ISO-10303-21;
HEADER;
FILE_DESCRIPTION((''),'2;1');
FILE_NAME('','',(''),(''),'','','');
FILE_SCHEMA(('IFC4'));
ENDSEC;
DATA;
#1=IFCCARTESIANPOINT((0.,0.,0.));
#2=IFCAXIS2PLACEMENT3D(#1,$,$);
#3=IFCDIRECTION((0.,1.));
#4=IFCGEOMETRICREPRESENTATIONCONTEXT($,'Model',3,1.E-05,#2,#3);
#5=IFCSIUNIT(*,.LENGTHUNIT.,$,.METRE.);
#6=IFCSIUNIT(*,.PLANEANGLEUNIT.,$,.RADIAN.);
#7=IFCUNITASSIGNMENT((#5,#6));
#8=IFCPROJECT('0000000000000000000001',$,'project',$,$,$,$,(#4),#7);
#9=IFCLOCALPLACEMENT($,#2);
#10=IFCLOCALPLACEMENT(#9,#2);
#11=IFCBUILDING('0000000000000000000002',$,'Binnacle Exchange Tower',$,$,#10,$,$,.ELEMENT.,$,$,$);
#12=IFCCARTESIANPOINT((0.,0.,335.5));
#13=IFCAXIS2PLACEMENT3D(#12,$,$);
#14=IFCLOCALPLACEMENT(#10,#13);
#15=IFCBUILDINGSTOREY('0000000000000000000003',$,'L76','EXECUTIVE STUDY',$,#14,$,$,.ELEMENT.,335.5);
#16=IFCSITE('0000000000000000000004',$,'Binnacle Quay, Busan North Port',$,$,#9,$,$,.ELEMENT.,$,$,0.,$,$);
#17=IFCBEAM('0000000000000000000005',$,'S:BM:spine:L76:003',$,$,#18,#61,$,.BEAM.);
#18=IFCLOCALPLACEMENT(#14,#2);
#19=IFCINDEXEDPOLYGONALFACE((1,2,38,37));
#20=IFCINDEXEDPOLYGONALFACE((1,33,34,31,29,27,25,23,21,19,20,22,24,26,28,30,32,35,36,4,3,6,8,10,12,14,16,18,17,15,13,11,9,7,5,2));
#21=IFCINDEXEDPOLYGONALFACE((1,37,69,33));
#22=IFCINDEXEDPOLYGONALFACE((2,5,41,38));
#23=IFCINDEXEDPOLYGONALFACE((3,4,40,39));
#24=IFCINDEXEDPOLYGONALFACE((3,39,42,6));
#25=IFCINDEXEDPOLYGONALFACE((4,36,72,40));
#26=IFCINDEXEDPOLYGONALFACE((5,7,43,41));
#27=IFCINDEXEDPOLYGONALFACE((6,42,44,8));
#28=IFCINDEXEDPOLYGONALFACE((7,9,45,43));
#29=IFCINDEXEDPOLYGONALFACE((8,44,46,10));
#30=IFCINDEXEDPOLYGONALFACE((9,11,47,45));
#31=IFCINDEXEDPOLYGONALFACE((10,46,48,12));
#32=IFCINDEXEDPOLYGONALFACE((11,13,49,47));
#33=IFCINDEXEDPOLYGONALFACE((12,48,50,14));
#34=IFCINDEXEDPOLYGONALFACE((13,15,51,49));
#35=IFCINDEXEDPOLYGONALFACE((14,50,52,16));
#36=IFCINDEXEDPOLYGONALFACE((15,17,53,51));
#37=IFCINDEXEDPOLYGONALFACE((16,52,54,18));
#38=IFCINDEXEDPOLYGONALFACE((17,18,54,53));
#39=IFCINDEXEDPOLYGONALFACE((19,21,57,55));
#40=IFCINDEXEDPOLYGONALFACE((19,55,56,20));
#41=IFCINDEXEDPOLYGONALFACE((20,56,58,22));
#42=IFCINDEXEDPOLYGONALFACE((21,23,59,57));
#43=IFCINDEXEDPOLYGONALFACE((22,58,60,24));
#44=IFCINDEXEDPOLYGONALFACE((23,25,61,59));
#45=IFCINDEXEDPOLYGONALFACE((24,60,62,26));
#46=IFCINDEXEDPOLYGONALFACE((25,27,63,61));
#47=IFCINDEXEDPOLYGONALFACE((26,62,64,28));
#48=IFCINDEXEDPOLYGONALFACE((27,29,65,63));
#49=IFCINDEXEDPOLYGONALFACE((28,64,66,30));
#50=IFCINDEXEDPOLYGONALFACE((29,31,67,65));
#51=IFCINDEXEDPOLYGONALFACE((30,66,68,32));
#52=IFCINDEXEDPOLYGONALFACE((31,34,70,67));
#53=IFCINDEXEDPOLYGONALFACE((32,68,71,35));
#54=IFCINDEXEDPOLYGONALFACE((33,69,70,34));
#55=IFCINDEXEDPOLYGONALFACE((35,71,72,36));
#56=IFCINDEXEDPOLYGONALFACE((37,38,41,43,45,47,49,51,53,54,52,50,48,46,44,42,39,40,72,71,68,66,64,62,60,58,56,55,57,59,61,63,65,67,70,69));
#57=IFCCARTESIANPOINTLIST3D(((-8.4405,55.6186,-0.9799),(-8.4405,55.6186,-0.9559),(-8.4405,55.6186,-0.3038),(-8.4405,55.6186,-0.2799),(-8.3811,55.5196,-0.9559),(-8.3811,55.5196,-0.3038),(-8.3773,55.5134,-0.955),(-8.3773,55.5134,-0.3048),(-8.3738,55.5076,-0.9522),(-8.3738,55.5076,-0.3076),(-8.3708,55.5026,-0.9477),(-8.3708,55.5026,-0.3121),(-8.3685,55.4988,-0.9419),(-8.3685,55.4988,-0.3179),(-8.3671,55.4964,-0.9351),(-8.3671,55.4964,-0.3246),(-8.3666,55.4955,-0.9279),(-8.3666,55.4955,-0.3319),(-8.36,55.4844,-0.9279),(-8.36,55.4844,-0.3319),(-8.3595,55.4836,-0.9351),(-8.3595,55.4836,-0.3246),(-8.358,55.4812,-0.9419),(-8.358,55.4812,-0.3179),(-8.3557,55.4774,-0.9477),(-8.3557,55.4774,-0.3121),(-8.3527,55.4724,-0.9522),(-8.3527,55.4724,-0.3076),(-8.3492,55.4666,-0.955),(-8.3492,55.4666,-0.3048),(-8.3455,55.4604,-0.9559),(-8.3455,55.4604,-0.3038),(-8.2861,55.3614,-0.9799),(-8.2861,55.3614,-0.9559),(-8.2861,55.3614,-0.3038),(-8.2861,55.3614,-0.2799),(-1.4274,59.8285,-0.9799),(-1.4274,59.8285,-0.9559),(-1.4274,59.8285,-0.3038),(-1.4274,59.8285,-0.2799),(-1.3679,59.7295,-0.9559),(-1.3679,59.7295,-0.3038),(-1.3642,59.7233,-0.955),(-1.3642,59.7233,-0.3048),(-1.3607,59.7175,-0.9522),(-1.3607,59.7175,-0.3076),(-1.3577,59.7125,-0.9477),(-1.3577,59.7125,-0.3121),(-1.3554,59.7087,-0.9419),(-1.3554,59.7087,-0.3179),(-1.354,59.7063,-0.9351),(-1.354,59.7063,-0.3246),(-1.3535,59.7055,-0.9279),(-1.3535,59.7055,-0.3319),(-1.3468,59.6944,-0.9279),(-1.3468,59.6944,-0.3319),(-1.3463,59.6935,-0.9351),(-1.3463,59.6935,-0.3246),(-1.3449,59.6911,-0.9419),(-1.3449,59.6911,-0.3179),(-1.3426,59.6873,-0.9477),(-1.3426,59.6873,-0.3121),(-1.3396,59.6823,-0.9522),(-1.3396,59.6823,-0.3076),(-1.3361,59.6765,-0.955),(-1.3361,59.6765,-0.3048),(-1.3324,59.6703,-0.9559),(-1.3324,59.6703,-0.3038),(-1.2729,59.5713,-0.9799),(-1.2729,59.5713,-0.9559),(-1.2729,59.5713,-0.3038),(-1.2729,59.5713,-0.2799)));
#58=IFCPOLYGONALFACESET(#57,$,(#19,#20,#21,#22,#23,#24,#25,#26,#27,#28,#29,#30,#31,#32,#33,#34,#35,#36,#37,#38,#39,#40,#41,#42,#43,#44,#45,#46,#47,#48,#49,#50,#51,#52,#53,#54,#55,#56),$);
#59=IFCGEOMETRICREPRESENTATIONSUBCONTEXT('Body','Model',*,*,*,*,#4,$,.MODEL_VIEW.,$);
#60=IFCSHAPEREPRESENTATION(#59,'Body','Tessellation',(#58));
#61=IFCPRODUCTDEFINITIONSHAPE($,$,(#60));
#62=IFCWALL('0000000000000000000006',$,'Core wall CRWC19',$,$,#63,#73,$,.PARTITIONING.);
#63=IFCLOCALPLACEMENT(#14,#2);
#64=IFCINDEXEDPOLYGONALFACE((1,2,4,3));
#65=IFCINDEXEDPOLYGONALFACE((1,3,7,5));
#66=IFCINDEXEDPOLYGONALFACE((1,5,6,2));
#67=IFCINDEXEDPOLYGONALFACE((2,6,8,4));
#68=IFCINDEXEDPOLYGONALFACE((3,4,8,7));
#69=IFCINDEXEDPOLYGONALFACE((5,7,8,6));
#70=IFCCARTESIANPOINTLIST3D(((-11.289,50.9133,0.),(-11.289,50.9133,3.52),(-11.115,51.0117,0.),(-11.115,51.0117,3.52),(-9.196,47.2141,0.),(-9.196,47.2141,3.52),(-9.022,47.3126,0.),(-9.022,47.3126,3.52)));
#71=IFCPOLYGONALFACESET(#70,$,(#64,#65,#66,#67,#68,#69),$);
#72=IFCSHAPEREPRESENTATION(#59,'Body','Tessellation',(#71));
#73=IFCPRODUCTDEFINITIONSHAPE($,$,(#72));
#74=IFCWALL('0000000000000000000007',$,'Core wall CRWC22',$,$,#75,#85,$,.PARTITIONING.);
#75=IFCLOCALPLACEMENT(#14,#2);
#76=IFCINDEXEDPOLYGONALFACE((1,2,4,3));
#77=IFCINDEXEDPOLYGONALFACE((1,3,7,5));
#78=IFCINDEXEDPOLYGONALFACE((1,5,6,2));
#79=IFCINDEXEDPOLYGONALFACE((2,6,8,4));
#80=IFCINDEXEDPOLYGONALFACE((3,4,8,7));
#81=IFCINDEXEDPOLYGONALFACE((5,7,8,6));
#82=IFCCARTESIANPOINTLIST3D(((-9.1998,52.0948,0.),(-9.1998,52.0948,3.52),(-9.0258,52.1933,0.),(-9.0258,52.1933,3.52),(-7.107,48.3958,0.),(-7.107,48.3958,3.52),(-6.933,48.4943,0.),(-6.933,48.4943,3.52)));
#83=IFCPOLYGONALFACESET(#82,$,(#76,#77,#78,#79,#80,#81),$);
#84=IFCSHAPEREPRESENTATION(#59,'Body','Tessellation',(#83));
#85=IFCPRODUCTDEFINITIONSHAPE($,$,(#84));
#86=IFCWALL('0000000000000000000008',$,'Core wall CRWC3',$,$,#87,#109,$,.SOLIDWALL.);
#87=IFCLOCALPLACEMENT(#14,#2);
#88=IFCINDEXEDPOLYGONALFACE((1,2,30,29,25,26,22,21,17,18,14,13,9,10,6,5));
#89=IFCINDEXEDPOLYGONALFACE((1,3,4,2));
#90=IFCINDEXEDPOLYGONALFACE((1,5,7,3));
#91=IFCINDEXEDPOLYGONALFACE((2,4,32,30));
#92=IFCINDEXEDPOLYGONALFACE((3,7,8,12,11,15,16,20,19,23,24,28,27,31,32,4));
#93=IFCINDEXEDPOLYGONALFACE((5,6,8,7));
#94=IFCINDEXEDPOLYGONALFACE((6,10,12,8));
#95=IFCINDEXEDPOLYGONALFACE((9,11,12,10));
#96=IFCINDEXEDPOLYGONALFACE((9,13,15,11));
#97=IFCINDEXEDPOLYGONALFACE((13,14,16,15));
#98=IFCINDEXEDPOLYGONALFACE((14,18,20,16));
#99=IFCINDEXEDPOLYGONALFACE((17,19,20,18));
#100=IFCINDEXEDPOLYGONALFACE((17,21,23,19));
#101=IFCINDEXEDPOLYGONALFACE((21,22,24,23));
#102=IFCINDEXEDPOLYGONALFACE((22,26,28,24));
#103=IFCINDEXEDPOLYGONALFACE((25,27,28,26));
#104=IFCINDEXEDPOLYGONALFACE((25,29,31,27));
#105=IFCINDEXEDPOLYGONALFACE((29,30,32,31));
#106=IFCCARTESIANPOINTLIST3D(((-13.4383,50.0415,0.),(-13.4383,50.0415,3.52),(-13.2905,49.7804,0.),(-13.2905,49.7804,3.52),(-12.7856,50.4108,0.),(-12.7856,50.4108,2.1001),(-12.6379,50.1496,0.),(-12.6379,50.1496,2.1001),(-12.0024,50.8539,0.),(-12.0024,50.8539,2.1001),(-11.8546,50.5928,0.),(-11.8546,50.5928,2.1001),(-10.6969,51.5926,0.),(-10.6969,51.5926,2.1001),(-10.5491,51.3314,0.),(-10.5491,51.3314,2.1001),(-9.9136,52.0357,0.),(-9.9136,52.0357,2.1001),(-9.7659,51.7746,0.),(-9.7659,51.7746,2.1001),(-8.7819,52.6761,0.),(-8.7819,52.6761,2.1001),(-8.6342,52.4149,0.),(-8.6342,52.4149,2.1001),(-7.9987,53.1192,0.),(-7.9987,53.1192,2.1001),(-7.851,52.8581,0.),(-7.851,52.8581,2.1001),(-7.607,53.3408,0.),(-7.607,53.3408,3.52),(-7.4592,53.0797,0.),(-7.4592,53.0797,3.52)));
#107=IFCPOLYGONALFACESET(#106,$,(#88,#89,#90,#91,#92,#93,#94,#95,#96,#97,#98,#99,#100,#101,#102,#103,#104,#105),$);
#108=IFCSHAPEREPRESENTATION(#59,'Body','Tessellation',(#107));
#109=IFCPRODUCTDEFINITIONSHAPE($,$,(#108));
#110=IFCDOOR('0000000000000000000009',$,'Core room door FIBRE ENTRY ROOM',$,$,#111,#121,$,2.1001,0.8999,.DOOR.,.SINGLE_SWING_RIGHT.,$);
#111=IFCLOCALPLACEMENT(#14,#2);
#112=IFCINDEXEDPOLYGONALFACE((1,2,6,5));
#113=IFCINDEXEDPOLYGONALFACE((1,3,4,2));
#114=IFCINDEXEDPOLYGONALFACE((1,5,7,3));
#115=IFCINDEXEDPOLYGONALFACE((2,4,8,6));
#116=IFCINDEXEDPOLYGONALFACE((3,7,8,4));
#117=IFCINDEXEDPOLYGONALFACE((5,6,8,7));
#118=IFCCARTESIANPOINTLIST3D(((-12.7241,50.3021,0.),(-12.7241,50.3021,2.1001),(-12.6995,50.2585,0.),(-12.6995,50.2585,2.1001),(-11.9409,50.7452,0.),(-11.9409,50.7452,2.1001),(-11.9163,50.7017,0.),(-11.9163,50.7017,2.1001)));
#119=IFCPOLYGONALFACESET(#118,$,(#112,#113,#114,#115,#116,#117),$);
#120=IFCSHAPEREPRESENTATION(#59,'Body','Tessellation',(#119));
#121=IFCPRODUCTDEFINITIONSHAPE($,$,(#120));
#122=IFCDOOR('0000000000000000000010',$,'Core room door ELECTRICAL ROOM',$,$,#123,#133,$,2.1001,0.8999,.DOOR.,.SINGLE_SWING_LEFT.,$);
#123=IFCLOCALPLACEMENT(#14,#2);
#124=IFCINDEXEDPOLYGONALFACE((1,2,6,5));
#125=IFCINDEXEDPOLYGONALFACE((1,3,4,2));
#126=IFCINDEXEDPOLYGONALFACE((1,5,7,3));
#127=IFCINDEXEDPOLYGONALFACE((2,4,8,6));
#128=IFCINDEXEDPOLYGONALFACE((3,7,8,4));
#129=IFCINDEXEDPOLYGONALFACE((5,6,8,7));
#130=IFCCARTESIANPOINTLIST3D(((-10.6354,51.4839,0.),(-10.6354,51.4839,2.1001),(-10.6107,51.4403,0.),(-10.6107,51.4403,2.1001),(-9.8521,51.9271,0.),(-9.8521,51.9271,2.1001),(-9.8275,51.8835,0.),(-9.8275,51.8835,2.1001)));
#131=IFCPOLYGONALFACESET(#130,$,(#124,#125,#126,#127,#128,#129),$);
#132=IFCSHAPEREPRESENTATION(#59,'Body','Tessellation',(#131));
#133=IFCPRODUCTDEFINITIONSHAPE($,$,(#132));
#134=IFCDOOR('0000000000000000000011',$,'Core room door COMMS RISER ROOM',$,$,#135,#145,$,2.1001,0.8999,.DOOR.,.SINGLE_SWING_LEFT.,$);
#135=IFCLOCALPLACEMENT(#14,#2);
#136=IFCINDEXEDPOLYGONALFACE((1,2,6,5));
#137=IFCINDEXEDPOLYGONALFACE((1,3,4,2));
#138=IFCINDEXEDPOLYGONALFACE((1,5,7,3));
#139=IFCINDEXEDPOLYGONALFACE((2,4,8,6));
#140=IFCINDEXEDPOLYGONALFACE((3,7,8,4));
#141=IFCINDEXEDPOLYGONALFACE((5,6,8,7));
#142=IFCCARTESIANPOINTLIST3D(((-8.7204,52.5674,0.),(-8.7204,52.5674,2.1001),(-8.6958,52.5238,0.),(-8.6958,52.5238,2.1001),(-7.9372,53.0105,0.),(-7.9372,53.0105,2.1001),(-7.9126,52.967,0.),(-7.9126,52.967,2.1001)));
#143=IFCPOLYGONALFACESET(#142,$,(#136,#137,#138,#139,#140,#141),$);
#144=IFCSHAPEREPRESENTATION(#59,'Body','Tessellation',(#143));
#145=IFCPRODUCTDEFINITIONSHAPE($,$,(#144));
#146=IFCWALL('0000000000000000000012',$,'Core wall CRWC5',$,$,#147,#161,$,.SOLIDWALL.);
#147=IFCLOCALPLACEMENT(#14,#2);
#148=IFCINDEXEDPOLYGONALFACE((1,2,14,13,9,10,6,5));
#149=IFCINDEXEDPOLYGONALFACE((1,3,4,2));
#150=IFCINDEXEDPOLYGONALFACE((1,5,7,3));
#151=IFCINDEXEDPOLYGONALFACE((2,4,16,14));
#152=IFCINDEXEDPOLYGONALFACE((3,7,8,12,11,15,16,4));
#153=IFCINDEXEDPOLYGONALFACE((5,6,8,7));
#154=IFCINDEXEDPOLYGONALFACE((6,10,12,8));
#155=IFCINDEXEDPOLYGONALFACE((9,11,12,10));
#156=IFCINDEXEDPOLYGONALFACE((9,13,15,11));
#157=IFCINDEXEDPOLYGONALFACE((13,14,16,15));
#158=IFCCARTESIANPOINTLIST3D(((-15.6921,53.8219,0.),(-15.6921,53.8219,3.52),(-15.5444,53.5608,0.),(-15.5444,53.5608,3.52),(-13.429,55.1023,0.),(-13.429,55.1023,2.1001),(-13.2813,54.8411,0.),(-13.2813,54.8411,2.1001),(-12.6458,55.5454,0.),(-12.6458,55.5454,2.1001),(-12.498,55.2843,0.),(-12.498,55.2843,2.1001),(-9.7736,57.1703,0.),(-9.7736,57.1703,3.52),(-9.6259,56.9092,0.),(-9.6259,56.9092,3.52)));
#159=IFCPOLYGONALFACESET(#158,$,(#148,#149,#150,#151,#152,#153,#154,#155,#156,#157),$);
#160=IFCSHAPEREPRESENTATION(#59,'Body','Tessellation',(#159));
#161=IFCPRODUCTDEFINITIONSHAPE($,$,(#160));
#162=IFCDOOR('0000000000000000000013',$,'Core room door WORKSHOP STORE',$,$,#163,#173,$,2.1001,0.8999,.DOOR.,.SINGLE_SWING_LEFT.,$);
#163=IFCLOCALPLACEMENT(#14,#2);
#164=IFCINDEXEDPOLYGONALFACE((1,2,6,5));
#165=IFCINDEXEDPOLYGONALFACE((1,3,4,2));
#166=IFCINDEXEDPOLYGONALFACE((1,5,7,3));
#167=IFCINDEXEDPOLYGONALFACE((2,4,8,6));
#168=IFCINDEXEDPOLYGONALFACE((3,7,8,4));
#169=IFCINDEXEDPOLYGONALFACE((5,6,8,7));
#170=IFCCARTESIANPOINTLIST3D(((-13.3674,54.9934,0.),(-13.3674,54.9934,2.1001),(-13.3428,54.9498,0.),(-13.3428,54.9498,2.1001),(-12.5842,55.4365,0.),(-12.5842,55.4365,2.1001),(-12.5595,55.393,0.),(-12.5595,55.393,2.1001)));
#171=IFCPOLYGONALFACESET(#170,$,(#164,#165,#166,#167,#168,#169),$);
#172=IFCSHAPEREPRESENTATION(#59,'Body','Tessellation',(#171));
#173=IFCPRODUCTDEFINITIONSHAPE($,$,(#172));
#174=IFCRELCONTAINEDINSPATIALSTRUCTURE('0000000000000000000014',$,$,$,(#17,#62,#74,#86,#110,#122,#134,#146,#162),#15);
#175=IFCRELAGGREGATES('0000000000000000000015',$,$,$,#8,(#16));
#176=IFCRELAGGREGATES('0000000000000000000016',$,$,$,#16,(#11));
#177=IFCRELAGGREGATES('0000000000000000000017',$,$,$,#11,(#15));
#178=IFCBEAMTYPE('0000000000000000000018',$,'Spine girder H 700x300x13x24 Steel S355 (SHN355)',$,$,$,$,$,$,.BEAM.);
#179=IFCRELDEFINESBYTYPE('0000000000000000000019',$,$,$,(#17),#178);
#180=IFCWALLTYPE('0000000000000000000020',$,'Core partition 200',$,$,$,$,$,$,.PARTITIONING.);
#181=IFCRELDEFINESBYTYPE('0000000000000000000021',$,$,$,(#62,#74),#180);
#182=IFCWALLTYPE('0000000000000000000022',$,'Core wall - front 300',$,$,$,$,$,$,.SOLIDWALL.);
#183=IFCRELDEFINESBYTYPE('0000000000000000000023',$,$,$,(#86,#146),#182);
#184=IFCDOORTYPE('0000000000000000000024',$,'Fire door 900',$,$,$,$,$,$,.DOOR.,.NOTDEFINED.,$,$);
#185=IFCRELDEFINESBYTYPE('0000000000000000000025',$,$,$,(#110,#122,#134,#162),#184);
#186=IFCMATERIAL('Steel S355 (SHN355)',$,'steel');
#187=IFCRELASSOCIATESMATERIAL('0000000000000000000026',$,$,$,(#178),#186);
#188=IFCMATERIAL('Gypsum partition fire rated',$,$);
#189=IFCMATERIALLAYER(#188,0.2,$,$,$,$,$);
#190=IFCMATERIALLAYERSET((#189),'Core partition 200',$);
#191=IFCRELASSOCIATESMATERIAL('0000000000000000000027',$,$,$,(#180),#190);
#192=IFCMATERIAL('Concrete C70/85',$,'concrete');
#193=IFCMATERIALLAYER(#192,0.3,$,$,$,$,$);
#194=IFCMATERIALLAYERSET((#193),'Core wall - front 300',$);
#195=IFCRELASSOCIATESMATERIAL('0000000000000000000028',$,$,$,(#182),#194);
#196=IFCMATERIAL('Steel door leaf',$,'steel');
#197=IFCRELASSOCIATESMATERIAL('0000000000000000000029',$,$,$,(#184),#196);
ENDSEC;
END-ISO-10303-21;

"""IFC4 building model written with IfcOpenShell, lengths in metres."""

from ifc_helpers import new_model, si_unit, direction, frame, frame_2d, origin, origin_2d, place, context, subcontext, project, spatial, rectangle, i_section, extrude, material, layer, layer_set, material_profile, profile_set, type_object, element, fill, save


model = new_model("IFC4")

# Units and contexts
model_context = context("Model", 3, precision=1e-05, world=origin(), true_north=direction((0.0, 1.0)))
body_context = subcontext(model_context, "Body", "Model", "MODEL_VIEW")
ifc_project = project(units=[si_unit("LENGTHUNIT", "METRE"), si_unit("PLANEANGLEUNIT", "RADIAN")], contexts=[model_context])

# Site, building, storey
site_placement = place(None, origin())
site = spatial("IfcSite", under=ifc_project, at=site_placement, Name="Binnacle Quay, Busan North Port", CompositionType="ELEMENT", RefElevation=0.0)
building_placement = place(site_placement, origin())
building = spatial("IfcBuilding", under=site, at=building_placement, Name="Binnacle Exchange Tower", CompositionType="ELEMENT")
storey_placement = place(building_placement, frame((0.0, 0.0, 335.5)))
storey = spatial("IfcBuildingStorey", under=building, at=storey_placement, Name="L76", Description="EXECUTIVE STUDY", CompositionType="ELEMENT", Elevation=335.5)

# Beam
ifc_material_1 = material(Name="Steel S355 (SHN355)", Category="steel")
ifc_material_profile_1 = material_profile(ifc_material_1, i_section(OverallWidth=0.3, OverallDepth=0.7, WebThickness=0.0129, FlangeThickness=0.0239, FilletRadius=0.0281, at=origin_2d()), Name="H 700x300x13x24")
ifc_profile_set_1 = profile_set([ifc_material_profile_1], Name="Steel S355 (SHN355)")
beam_type_1 = type_object("IfcBeamType", Name="Spine girder H 700x300x13x24 Steel S355 (SHN355)", PredefinedType="BEAM", material=ifc_profile_set_1)
beam_1_placement = place(storey_placement, frame((-8.3633, 55.49, -0.6299), z_axis=(0.857382, 0.51468, 0.0), x_axis=(-0.51468, 0.857382, 0.0)))
element("IfcBeam", 1, at=beam_1_placement, inside=storey, type_object=beam_type_1, Name="S:BM:spine:L76:003", PredefinedType="BEAM", context=body_context, shape_type="SweptSolid", body=[
    extrude(i_section(OverallWidth=0.3, OverallDepth=0.7, WebThickness=0.0129, FlangeThickness=0.0239, FilletRadius=0.0281, at=origin_2d()), origin(), (0.0, 0.0, 1.0), 8.1797),
])

# Walls
ifc_material_2 = material(Name="Gypsum partition fire rated")
ifc_layer_1 = layer(ifc_material_2, 0.2)
ifc_layer_set_1 = layer_set([ifc_layer_1], Name="Core partition 200")
wall_type_1 = type_object("IfcWallType", Name="Core partition 200", PredefinedType="PARTITIONING", material=ifc_layer_set_1)
wall_1_placement = place(storey_placement, frame((-11.2019, 50.9624, 0.0), z_axis=(0.0, 0.0, 1.0), x_axis=(0.492441, -0.870346, 0.0)))
element("IfcWall", 2, at=wall_1_placement, inside=storey, type_object=wall_type_1, Name="Core wall CRWC19", PredefinedType="PARTITIONING", context=body_context, shape_type="SweptSolid", body=[
    extrude(rectangle(XDim=4.2502, YDim=0.2, at=frame_2d((2.125, 0.0))), origin(), (0.0, 0.0, 1.0), 3.52),
])
wall_2_placement = place(storey_placement, frame((-9.1128, 52.144, 0.0), z_axis=(0.0, 0.0, 1.0), x_axis=(0.492423, -0.870356, 0.0)))
element("IfcWall", 3, at=wall_2_placement, inside=storey, type_object=wall_type_1, Name="Core wall CRWC22", PredefinedType="PARTITIONING", context=body_context, shape_type="SweptSolid", body=[
    extrude(rectangle(XDim=4.25, YDim=0.2, at=frame_2d((2.125, 0.0))), origin(), (0.0, 0.0, 1.0), 3.52),
])

# Wall, openings, doors
ifc_material_3 = material(Name="Concrete C70/85", Category="concrete")
ifc_layer_2 = layer(ifc_material_3, 0.3)
ifc_layer_set_2 = layer_set([ifc_layer_2], Name="Core wall - front 300")
wall_type_2 = type_object("IfcWallType", Name="Core wall - front 300", PredefinedType="SOLIDWALL", material=ifc_layer_set_2)
wall_3_placement = place(storey_placement, frame((-13.3645, 49.9109, 0.0), z_axis=(0.0, 0.0, 1.0), x_axis=(0.870348, 0.492438, 0.0)))
wall_3 = element("IfcWall", 4, at=wall_3_placement, inside=storey, type_object=wall_type_2, Name="Core wall CRWC3", PredefinedType="SOLIDWALL", context=body_context, shape_type="SweptSolid", body=[
    extrude(rectangle(XDim=6.7, YDim=0.3, at=frame_2d((3.3501, 0.0))), origin(), (0.0, 0.0, 1.0), 3.52),
])
opening_1_placement = place(wall_3_placement, frame((0.75, 0.0, 0.0)))
opening_1 = element("IfcOpeningElement", 5, at=opening_1_placement, cuts=wall_3, PredefinedType="OPENING", context=body_context, shape_type="SweptSolid", body=[
    extrude(rectangle(XDim=0.8999, YDim=2.1001, at=frame_2d((0.45, 1.05))), frame((0.0, 0.1599, 0.0), z_axis=(0.0, -1.0, 0.0), x_axis=(1.0, 0.0, 0.0)), (0.0, 0.0, 1.0), 0.3201),
])
opening_2_placement = place(wall_3_placement, frame((3.1499, 0.0, 0.0)))
opening_2 = element("IfcOpeningElement", 6, at=opening_2_placement, cuts=wall_3, PredefinedType="OPENING", context=body_context, shape_type="SweptSolid", body=[
    extrude(rectangle(XDim=0.8999, YDim=2.1001, at=frame_2d((0.45, 1.05))), frame((0.0, 0.1599, 0.0), z_axis=(0.0, -1.0, 0.0), x_axis=(1.0, 0.0, 0.0)), (0.0, 0.0, 1.0), 0.3201),
])
opening_3_placement = place(wall_3_placement, frame((5.3501, 0.0, 0.0)))
opening_3 = element("IfcOpeningElement", 7, at=opening_3_placement, cuts=wall_3, PredefinedType="OPENING", context=body_context, shape_type="SweptSolid", body=[
    extrude(rectangle(XDim=0.8999, YDim=2.1001, at=frame_2d((0.45, 1.05))), frame((0.0, 0.1599, 0.0), z_axis=(0.0, -1.0, 0.0), x_axis=(1.0, 0.0, 0.0)), (0.0, 0.0, 1.0), 0.3201),
])
ifc_material_4 = material(Name="Steel door leaf", Category="steel")
door_type_1 = type_object("IfcDoorType", Name="Fire door 900", OperationType="NOTDEFINED", PredefinedType="DOOR", material=ifc_material_4)
door_1_placement = place(opening_1_placement, frame((0.8999, 0.0, 0.0), z_axis=(0.0, 0.0, 1.0), x_axis=(-1.0, 0.0, 0.0)))
door_1 = element("IfcDoor", 8, at=door_1_placement, inside=storey, type_object=door_type_1, Name="Core room door FIBRE ENTRY ROOM", OperationType="SINGLE_SWING_RIGHT", OverallHeight=2.1001, OverallWidth=0.8999, PredefinedType="DOOR", context=body_context, shape_type="SweptSolid", body=[
    extrude(rectangle(XDim=0.8999, YDim=2.1001, at=frame_2d((0.45, 1.05))), frame((0.0, 0.0249, 0.0), z_axis=(0.0, -1.0, 0.0), x_axis=(1.0, 0.0, 0.0)), (0.0, 0.0, 1.0), 0.05),
])
fill(opening_1, door_1)
door_2_placement = place(opening_2_placement, frame((0.8999, 0.0, 0.0), z_axis=(0.0, 0.0, 1.0), x_axis=(-1.0, 0.0, 0.0)))
door_2 = element("IfcDoor", 9, at=door_2_placement, inside=storey, type_object=door_type_1, Name="Core room door ELECTRICAL ROOM", OperationType="SINGLE_SWING_LEFT", OverallHeight=2.1001, OverallWidth=0.8999, PredefinedType="DOOR", context=body_context, shape_type="SweptSolid", body=[
    extrude(rectangle(XDim=0.8999, YDim=2.1001, at=frame_2d((0.45, 1.05))), frame((0.0, 0.0249, 0.0), z_axis=(0.0, -1.0, 0.0), x_axis=(1.0, 0.0, 0.0)), (0.0, 0.0, 1.0), 0.05),
])
fill(opening_2, door_2)
door_3_placement = place(opening_3_placement, frame((0.8999, 0.0, 0.0), z_axis=(0.0, 0.0, 1.0), x_axis=(-1.0, 0.0, 0.0)))
door_3 = element("IfcDoor", 10, at=door_3_placement, inside=storey, type_object=door_type_1, Name="Core room door COMMS RISER ROOM", OperationType="SINGLE_SWING_LEFT", OverallHeight=2.1001, OverallWidth=0.8999, PredefinedType="DOOR", context=body_context, shape_type="SweptSolid", body=[
    extrude(rectangle(XDim=0.8999, YDim=2.1001, at=frame_2d((0.45, 1.05))), frame((0.0, 0.0249, 0.0), z_axis=(0.0, -1.0, 0.0), x_axis=(1.0, 0.0, 0.0)), (0.0, 0.0, 1.0), 0.05),
])
fill(opening_3, door_3)

# Wall, opening, door
wall_4_placement = place(storey_placement, frame((-15.6182, 53.6914, 0.0), z_axis=(0.0, 0.0, 1.0), x_axis=(0.870363, 0.492411, 0.0)))
wall_4 = element("IfcWall", 11, at=wall_4_placement, inside=storey, type_object=wall_type_2, Name="Core wall CRWC5", PredefinedType="SOLIDWALL", context=body_context, shape_type="SweptSolid", body=[
    extrude(rectangle(XDim=6.8, YDim=0.3, at=frame_2d((3.3999, 0.0))), origin(), (0.0, 0.0, 1.0), 3.52),
])
opening_4_placement = place(wall_4_placement, frame((2.6001, 0.0, 0.0)))
opening_4 = element("IfcOpeningElement", 12, at=opening_4_placement, cuts=wall_4, PredefinedType="OPENING", context=body_context, shape_type="SweptSolid", body=[
    extrude(rectangle(XDim=0.8999, YDim=2.1001, at=frame_2d((0.45, 1.05))), frame((0.0, 0.1599, 0.0), z_axis=(0.0, -1.0, 0.0), x_axis=(1.0, 0.0, 0.0)), (0.0, 0.0, 1.0), 0.3201),
])
door_4_placement = place(opening_4_placement, origin())
door_4 = element("IfcDoor", 13, at=door_4_placement, inside=storey, type_object=door_type_1, Name="Core room door WORKSHOP STORE", OperationType="SINGLE_SWING_LEFT", OverallHeight=2.1001, OverallWidth=0.8999, PredefinedType="DOOR", context=body_context, shape_type="SweptSolid", body=[
    extrude(rectangle(XDim=0.8999, YDim=2.1001, at=frame_2d((0.45, 1.05))), frame((0.0, 0.0249, 0.0), z_axis=(0.0, -1.0, 0.0), x_axis=(1.0, 0.0, 0.0)), (0.0, 0.0, 1.0), 0.05),
])
fill(opening_4, door_4)

save(model, "model.ifc")
